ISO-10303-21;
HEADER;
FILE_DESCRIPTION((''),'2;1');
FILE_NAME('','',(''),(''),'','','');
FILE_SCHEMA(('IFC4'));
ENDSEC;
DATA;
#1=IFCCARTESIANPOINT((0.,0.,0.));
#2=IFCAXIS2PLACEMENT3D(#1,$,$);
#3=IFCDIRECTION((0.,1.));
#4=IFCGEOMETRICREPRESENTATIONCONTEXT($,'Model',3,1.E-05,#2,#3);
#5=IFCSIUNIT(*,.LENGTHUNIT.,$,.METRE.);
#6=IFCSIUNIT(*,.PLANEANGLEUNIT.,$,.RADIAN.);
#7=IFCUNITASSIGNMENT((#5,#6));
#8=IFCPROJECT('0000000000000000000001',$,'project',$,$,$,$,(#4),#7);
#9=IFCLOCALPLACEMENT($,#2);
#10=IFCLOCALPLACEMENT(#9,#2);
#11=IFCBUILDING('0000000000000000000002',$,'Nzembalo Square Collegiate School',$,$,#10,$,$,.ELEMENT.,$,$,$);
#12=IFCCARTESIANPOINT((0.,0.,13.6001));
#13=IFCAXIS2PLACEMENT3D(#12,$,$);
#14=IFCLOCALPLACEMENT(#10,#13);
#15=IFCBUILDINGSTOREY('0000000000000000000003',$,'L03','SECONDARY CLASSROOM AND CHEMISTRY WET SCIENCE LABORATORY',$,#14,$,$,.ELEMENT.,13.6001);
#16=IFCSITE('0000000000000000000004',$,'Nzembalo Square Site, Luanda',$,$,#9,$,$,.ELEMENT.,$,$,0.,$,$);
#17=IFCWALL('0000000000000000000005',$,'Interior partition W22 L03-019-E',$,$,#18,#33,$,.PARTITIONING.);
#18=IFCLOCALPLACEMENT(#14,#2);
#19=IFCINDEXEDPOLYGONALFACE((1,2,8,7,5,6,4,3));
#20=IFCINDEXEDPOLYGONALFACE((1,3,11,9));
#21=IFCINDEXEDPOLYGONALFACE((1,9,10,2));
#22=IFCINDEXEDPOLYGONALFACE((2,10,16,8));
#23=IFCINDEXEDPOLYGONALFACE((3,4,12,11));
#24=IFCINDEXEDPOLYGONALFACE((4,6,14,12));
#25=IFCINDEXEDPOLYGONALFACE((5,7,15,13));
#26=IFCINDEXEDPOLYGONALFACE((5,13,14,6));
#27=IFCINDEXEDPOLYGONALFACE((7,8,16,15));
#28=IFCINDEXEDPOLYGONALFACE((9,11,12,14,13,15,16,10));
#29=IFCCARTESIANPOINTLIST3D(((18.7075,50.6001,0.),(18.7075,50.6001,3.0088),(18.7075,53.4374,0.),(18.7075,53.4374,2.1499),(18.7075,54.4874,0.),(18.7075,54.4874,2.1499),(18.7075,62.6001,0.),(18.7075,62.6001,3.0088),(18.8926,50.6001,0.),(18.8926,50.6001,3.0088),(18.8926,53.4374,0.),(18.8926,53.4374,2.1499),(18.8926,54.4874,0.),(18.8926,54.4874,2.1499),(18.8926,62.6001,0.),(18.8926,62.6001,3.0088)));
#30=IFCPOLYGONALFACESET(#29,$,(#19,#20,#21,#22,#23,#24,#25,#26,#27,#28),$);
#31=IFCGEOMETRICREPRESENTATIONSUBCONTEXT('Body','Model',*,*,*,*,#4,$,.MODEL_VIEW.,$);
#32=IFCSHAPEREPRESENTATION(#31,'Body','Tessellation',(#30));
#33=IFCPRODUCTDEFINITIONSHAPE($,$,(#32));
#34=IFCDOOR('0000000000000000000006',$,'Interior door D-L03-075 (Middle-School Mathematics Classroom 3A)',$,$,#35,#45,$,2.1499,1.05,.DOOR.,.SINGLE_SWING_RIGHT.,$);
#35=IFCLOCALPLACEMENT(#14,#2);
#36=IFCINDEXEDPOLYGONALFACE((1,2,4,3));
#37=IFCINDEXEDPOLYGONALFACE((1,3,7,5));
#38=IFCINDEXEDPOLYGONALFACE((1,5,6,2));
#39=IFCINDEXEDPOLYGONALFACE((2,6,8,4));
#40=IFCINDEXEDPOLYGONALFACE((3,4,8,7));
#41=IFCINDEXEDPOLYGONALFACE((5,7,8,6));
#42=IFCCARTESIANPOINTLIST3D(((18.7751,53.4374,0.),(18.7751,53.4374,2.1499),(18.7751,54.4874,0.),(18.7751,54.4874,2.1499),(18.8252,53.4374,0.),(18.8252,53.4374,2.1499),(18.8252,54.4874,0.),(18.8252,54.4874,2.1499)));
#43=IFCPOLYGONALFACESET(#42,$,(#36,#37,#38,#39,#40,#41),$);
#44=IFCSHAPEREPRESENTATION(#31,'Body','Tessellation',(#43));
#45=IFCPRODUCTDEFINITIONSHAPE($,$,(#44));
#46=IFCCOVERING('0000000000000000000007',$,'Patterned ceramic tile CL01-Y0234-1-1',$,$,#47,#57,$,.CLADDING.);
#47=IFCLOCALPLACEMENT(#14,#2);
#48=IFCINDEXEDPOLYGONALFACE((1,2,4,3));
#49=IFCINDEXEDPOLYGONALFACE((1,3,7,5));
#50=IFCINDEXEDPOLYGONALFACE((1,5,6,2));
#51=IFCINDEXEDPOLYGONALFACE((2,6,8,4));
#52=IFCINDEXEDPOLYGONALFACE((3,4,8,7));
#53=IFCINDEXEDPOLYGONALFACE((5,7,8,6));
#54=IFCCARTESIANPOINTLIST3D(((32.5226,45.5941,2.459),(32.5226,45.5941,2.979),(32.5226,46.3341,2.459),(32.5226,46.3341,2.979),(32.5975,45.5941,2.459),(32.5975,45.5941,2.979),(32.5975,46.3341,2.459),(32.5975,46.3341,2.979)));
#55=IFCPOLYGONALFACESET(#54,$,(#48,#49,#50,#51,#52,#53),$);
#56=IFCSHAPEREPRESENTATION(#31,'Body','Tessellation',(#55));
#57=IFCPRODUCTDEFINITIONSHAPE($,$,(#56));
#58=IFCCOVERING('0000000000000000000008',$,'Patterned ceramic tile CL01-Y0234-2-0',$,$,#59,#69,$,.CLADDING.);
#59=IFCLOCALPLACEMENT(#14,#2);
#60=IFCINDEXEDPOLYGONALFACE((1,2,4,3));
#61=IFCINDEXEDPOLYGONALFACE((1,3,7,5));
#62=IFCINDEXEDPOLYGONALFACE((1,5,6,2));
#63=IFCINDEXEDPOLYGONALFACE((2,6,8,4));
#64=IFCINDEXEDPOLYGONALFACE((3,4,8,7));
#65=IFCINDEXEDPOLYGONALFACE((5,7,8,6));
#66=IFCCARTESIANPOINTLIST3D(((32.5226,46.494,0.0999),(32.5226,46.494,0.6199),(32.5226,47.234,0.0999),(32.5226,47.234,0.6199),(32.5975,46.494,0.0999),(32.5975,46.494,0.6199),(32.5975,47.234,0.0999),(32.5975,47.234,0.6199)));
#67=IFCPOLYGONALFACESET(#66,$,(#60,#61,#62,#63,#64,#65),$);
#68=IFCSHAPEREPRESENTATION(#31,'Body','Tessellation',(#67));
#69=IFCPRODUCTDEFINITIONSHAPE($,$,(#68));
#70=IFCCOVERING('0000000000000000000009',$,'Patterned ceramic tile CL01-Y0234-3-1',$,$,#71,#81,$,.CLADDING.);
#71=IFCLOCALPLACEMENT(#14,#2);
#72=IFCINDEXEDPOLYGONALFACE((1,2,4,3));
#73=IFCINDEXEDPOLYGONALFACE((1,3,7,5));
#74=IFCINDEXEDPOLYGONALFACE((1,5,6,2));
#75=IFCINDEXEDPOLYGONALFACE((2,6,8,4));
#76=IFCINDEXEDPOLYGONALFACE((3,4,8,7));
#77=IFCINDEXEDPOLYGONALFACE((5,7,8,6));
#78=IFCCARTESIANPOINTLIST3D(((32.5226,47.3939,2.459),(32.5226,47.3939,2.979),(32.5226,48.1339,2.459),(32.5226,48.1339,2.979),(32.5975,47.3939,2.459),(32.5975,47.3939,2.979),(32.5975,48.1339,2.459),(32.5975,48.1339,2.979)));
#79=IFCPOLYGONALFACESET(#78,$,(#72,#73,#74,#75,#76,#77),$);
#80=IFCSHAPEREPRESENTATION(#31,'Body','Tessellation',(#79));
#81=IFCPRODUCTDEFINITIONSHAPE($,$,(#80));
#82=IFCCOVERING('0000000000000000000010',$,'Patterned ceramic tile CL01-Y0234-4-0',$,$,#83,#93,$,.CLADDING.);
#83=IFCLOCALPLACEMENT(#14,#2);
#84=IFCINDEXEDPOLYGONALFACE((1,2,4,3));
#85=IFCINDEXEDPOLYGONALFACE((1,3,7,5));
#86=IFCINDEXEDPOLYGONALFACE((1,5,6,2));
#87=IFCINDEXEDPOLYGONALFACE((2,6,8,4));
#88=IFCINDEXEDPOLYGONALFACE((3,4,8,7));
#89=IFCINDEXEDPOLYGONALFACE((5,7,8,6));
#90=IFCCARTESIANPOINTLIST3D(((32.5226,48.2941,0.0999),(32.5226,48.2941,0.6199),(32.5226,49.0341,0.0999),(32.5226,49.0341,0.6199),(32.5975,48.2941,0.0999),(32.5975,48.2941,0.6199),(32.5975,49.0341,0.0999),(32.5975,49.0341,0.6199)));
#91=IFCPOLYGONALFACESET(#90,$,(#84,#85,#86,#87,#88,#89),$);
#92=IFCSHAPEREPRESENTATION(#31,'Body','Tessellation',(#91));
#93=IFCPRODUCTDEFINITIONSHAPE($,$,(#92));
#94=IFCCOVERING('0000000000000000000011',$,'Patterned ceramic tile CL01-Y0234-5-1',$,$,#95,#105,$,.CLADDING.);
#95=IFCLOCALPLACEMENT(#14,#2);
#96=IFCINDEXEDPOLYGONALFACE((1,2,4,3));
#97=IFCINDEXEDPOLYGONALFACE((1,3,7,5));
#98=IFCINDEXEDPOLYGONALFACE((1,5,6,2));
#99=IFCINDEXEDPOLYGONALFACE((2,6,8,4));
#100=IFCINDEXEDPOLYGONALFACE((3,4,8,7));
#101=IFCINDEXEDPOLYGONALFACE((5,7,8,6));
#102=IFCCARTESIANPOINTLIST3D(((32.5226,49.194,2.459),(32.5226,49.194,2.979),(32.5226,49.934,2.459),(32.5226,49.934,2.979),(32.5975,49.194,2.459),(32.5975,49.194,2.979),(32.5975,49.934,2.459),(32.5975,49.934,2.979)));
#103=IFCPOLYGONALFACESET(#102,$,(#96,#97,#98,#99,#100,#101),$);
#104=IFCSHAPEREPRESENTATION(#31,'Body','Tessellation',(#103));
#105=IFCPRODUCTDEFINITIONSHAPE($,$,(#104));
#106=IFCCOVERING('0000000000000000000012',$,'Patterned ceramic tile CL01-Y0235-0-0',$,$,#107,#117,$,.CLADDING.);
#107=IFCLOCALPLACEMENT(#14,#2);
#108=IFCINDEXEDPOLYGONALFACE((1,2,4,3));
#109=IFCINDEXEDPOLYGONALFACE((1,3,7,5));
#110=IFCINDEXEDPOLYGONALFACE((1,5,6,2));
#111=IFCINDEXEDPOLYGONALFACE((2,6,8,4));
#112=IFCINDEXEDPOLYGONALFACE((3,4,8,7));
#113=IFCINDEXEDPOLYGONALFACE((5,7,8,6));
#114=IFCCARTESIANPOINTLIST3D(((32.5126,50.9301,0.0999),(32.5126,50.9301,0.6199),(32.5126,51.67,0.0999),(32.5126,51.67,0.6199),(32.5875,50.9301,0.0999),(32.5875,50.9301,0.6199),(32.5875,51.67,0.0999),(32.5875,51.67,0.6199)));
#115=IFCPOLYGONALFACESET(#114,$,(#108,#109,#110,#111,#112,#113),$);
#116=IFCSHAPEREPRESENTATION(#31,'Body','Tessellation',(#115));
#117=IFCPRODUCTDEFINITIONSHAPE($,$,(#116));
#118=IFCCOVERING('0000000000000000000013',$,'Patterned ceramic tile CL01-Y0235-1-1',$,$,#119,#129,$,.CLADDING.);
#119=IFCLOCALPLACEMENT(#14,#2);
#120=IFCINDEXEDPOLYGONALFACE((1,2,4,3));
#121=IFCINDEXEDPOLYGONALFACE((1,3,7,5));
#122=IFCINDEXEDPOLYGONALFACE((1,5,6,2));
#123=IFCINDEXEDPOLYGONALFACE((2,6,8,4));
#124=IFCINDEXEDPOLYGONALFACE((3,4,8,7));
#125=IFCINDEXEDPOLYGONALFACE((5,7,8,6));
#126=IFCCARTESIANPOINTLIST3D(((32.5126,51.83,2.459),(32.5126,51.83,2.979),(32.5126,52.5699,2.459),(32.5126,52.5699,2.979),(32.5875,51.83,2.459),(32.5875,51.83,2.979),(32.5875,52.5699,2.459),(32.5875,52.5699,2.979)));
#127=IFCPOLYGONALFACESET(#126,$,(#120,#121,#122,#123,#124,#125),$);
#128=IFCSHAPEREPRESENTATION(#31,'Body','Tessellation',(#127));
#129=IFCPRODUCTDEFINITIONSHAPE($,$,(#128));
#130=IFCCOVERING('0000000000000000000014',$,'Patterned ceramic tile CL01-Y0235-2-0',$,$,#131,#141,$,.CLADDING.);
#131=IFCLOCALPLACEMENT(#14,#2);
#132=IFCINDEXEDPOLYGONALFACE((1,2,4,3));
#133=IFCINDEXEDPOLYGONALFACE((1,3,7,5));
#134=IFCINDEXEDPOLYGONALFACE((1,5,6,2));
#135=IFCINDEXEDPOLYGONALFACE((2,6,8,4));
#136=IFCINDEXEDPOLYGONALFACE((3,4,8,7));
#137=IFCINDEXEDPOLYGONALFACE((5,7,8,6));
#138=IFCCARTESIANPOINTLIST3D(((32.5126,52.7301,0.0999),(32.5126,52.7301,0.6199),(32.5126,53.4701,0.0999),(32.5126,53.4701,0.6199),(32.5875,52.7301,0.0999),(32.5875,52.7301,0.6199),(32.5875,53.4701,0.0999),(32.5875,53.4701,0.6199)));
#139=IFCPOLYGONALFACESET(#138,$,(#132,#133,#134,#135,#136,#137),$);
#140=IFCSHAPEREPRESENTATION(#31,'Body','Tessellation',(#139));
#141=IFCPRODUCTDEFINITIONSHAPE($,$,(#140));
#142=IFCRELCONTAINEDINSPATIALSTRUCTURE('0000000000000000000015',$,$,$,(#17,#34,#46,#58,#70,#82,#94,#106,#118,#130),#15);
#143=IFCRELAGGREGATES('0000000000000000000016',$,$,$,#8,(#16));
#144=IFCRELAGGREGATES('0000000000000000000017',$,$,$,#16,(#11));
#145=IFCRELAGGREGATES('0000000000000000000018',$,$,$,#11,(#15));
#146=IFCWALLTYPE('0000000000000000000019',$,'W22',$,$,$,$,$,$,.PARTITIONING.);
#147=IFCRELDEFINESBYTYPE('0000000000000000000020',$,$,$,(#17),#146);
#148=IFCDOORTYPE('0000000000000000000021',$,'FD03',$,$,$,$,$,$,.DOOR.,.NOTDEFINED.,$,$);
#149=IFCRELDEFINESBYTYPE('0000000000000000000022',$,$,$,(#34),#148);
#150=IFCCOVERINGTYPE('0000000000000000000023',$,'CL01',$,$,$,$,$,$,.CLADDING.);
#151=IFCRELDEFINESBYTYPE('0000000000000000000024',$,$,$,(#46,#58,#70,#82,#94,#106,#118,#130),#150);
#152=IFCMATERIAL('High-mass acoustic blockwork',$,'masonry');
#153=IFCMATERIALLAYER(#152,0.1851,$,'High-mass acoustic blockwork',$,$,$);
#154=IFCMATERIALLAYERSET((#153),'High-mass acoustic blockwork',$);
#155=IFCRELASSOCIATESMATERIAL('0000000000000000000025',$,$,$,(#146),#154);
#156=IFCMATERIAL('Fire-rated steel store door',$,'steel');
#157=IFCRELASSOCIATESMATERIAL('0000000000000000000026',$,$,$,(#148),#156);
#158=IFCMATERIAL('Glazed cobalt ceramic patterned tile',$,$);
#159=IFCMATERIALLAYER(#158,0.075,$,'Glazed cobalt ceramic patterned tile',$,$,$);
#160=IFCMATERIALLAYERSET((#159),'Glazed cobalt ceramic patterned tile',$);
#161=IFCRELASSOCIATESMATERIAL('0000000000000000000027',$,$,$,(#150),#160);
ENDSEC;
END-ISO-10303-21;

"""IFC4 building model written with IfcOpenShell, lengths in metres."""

from ifc_helpers import new_model, si_unit, direction, frame, frame_2d, origin, origin_2d, place, context, subcontext, project, spatial, rectangle, extrude, material, layer, layer_set, type_object, element, fill, save


model = new_model("IFC4")

# Units and contexts
model_context = context("Model", 3, precision=1e-05, world=origin(), true_north=direction((0.0, 1.0)))
body_context = subcontext(model_context, "Body", "Model", "MODEL_VIEW")
ifc_project = project(units=[si_unit("LENGTHUNIT", "METRE"), si_unit("PLANEANGLEUNIT", "RADIAN")], contexts=[model_context])

# Site, building, storey
site_placement = place(None, origin())
site = spatial("IfcSite", under=ifc_project, at=site_placement, Name="Nzembalo Square Site, Luanda", CompositionType="ELEMENT", RefElevation=0.0)
building_placement = place(site_placement, origin())
building = spatial("IfcBuilding", under=site, at=building_placement, Name="Nzembalo Square Collegiate School", CompositionType="ELEMENT")
storey_placement = place(building_placement, frame((0.0, 0.0, 13.6001)))
storey = spatial("IfcBuildingStorey", under=building, at=storey_placement, Name="L03", Description="SECONDARY CLASSROOM AND CHEMISTRY WET SCIENCE LABORATORY", CompositionType="ELEMENT", Elevation=13.6001)

# Wall, opening, door
ifc_material_1 = material(Name="High-mass acoustic blockwork", Category="masonry")
ifc_layer_1 = layer(ifc_material_1, 0.1851, Name="High-mass acoustic blockwork")
ifc_layer_set_1 = layer_set([ifc_layer_1], Name="High-mass acoustic blockwork")
wall_type_1 = type_object("IfcWallType", Name="W22", PredefinedType="PARTITIONING", material=ifc_layer_set_1)
wall_1_placement = place(storey_placement, frame((18.8, 50.6001, 0.0), z_axis=(0.0, 0.0, 1.0), x_axis=(0.0, 1.0, 0.0)))
wall_1 = element("IfcWall", 1, at=wall_1_placement, inside=storey, type_object=wall_type_1, Name="Interior partition W22 L03-019-E", PredefinedType="PARTITIONING", context=body_context, shape_type="SweptSolid", body=[
    extrude(rectangle(XDim=12.0, YDim=0.1851, at=frame_2d((6.0, 0.0))), origin(), (0.0, 0.0, 1.0), 3.0088),
])
opening_1_placement = place(wall_1_placement, frame((2.8374, 0.0, 0.0)))
opening_1 = element("IfcOpeningElement", 2, at=opening_1_placement, cuts=wall_1, PredefinedType="OPENING", context=body_context, shape_type="SweptSolid", body=[
    extrude(rectangle(XDim=1.05, YDim=2.1499, at=frame_2d((0.5249, 1.075))), frame((0.0, 0.1025, 0.0), z_axis=(0.0, -1.0, 0.0), x_axis=(1.0, 0.0, 0.0)), (0.0, 0.0, 1.0), 0.2051),
])
ifc_material_2 = material(Name="Fire-rated steel store door", Category="steel")
door_type_1 = type_object("IfcDoorType", Name="FD03", OperationType="NOTDEFINED", PredefinedType="DOOR", material=ifc_material_2)
door_1_placement = place(opening_1_placement, origin())
door_1 = element("IfcDoor", 3, at=door_1_placement, inside=storey, type_object=door_type_1, Name="Interior door D-L03-075 (Middle-School Mathematics Classroom 3A)", OperationType="SINGLE_SWING_RIGHT", OverallHeight=2.1499, OverallWidth=1.05, PredefinedType="DOOR", context=body_context, shape_type="SweptSolid", body=[
    extrude(rectangle(XDim=1.05, YDim=2.1499, at=frame_2d((0.5249, 1.075))), frame((0.0, 0.0249, 0.0), z_axis=(0.0, -1.0, 0.0), x_axis=(1.0, 0.0, 0.0)), (0.0, 0.0, 1.0), 0.05),
])
fill(opening_1, door_1)

# Coverings
ifc_material_3 = material(Name="Glazed cobalt ceramic patterned tile")
ifc_layer_2 = layer(ifc_material_3, 0.075, Name="Glazed cobalt ceramic patterned tile")
ifc_layer_set_2 = layer_set([ifc_layer_2], Name="Glazed cobalt ceramic patterned tile")
covering_type = type_object("IfcCoveringType", Name="CL01", PredefinedType="CLADDING", material=ifc_layer_set_2)
for number, where, z_axis, x_axis, name in (
    (4, (32.5601, 45.9641, 2.459), (0.0, 0.0, 1.0), (1.0, 0.0, 0.0), "Patterned ceramic tile CL01-Y0234-1-1"),
    (5, (32.5601, 46.864, 0.0999), (0.0, 0.0, 1.0), (1.0, 0.0, 0.0), "Patterned ceramic tile CL01-Y0234-2-0"),
    (6, (32.5601, 47.7639, 2.459), (0.0, 0.0, 1.0), (1.0, 0.0, 0.0), "Patterned ceramic tile CL01-Y0234-3-1"),
    (7, (32.5601, 48.6641, 0.0999), (0.0, 0.0, 1.0), (1.0, 0.0, 0.0), "Patterned ceramic tile CL01-Y0234-4-0"),
    (8, (32.5601, 49.564, 2.459), (0.0, 0.0, 1.0), (1.0, 0.0, 0.0), "Patterned ceramic tile CL01-Y0234-5-1"),
    (9, (32.55, 51.3, 0.0999), (0.0, 0.0, 1.0), (1.0, 0.0, 0.0), "Patterned ceramic tile CL01-Y0235-0-0"),
    (10, (32.55, 52.2, 2.459), (0.0, 0.0, 1.0), (1.0, 0.0, 0.0), "Patterned ceramic tile CL01-Y0235-1-1"),
    (11, (32.55, 53.1001, 0.0999), (0.0, 0.0, 1.0), (1.0, 0.0, 0.0), "Patterned ceramic tile CL01-Y0235-2-0"),
):
    element("IfcCovering", number, at=place(storey_placement, frame(where, z_axis=z_axis, x_axis=x_axis)), inside=storey, type_object=covering_type, Name=name, PredefinedType="CLADDING", context=body_context, shape_type="SweptSolid", body=[
        extrude(rectangle(XDim=0.075, YDim=0.74, at=origin_2d()), origin(), (0.0, 0.0, 1.0), 0.52),
    ])

save(model, "model.ifc")
